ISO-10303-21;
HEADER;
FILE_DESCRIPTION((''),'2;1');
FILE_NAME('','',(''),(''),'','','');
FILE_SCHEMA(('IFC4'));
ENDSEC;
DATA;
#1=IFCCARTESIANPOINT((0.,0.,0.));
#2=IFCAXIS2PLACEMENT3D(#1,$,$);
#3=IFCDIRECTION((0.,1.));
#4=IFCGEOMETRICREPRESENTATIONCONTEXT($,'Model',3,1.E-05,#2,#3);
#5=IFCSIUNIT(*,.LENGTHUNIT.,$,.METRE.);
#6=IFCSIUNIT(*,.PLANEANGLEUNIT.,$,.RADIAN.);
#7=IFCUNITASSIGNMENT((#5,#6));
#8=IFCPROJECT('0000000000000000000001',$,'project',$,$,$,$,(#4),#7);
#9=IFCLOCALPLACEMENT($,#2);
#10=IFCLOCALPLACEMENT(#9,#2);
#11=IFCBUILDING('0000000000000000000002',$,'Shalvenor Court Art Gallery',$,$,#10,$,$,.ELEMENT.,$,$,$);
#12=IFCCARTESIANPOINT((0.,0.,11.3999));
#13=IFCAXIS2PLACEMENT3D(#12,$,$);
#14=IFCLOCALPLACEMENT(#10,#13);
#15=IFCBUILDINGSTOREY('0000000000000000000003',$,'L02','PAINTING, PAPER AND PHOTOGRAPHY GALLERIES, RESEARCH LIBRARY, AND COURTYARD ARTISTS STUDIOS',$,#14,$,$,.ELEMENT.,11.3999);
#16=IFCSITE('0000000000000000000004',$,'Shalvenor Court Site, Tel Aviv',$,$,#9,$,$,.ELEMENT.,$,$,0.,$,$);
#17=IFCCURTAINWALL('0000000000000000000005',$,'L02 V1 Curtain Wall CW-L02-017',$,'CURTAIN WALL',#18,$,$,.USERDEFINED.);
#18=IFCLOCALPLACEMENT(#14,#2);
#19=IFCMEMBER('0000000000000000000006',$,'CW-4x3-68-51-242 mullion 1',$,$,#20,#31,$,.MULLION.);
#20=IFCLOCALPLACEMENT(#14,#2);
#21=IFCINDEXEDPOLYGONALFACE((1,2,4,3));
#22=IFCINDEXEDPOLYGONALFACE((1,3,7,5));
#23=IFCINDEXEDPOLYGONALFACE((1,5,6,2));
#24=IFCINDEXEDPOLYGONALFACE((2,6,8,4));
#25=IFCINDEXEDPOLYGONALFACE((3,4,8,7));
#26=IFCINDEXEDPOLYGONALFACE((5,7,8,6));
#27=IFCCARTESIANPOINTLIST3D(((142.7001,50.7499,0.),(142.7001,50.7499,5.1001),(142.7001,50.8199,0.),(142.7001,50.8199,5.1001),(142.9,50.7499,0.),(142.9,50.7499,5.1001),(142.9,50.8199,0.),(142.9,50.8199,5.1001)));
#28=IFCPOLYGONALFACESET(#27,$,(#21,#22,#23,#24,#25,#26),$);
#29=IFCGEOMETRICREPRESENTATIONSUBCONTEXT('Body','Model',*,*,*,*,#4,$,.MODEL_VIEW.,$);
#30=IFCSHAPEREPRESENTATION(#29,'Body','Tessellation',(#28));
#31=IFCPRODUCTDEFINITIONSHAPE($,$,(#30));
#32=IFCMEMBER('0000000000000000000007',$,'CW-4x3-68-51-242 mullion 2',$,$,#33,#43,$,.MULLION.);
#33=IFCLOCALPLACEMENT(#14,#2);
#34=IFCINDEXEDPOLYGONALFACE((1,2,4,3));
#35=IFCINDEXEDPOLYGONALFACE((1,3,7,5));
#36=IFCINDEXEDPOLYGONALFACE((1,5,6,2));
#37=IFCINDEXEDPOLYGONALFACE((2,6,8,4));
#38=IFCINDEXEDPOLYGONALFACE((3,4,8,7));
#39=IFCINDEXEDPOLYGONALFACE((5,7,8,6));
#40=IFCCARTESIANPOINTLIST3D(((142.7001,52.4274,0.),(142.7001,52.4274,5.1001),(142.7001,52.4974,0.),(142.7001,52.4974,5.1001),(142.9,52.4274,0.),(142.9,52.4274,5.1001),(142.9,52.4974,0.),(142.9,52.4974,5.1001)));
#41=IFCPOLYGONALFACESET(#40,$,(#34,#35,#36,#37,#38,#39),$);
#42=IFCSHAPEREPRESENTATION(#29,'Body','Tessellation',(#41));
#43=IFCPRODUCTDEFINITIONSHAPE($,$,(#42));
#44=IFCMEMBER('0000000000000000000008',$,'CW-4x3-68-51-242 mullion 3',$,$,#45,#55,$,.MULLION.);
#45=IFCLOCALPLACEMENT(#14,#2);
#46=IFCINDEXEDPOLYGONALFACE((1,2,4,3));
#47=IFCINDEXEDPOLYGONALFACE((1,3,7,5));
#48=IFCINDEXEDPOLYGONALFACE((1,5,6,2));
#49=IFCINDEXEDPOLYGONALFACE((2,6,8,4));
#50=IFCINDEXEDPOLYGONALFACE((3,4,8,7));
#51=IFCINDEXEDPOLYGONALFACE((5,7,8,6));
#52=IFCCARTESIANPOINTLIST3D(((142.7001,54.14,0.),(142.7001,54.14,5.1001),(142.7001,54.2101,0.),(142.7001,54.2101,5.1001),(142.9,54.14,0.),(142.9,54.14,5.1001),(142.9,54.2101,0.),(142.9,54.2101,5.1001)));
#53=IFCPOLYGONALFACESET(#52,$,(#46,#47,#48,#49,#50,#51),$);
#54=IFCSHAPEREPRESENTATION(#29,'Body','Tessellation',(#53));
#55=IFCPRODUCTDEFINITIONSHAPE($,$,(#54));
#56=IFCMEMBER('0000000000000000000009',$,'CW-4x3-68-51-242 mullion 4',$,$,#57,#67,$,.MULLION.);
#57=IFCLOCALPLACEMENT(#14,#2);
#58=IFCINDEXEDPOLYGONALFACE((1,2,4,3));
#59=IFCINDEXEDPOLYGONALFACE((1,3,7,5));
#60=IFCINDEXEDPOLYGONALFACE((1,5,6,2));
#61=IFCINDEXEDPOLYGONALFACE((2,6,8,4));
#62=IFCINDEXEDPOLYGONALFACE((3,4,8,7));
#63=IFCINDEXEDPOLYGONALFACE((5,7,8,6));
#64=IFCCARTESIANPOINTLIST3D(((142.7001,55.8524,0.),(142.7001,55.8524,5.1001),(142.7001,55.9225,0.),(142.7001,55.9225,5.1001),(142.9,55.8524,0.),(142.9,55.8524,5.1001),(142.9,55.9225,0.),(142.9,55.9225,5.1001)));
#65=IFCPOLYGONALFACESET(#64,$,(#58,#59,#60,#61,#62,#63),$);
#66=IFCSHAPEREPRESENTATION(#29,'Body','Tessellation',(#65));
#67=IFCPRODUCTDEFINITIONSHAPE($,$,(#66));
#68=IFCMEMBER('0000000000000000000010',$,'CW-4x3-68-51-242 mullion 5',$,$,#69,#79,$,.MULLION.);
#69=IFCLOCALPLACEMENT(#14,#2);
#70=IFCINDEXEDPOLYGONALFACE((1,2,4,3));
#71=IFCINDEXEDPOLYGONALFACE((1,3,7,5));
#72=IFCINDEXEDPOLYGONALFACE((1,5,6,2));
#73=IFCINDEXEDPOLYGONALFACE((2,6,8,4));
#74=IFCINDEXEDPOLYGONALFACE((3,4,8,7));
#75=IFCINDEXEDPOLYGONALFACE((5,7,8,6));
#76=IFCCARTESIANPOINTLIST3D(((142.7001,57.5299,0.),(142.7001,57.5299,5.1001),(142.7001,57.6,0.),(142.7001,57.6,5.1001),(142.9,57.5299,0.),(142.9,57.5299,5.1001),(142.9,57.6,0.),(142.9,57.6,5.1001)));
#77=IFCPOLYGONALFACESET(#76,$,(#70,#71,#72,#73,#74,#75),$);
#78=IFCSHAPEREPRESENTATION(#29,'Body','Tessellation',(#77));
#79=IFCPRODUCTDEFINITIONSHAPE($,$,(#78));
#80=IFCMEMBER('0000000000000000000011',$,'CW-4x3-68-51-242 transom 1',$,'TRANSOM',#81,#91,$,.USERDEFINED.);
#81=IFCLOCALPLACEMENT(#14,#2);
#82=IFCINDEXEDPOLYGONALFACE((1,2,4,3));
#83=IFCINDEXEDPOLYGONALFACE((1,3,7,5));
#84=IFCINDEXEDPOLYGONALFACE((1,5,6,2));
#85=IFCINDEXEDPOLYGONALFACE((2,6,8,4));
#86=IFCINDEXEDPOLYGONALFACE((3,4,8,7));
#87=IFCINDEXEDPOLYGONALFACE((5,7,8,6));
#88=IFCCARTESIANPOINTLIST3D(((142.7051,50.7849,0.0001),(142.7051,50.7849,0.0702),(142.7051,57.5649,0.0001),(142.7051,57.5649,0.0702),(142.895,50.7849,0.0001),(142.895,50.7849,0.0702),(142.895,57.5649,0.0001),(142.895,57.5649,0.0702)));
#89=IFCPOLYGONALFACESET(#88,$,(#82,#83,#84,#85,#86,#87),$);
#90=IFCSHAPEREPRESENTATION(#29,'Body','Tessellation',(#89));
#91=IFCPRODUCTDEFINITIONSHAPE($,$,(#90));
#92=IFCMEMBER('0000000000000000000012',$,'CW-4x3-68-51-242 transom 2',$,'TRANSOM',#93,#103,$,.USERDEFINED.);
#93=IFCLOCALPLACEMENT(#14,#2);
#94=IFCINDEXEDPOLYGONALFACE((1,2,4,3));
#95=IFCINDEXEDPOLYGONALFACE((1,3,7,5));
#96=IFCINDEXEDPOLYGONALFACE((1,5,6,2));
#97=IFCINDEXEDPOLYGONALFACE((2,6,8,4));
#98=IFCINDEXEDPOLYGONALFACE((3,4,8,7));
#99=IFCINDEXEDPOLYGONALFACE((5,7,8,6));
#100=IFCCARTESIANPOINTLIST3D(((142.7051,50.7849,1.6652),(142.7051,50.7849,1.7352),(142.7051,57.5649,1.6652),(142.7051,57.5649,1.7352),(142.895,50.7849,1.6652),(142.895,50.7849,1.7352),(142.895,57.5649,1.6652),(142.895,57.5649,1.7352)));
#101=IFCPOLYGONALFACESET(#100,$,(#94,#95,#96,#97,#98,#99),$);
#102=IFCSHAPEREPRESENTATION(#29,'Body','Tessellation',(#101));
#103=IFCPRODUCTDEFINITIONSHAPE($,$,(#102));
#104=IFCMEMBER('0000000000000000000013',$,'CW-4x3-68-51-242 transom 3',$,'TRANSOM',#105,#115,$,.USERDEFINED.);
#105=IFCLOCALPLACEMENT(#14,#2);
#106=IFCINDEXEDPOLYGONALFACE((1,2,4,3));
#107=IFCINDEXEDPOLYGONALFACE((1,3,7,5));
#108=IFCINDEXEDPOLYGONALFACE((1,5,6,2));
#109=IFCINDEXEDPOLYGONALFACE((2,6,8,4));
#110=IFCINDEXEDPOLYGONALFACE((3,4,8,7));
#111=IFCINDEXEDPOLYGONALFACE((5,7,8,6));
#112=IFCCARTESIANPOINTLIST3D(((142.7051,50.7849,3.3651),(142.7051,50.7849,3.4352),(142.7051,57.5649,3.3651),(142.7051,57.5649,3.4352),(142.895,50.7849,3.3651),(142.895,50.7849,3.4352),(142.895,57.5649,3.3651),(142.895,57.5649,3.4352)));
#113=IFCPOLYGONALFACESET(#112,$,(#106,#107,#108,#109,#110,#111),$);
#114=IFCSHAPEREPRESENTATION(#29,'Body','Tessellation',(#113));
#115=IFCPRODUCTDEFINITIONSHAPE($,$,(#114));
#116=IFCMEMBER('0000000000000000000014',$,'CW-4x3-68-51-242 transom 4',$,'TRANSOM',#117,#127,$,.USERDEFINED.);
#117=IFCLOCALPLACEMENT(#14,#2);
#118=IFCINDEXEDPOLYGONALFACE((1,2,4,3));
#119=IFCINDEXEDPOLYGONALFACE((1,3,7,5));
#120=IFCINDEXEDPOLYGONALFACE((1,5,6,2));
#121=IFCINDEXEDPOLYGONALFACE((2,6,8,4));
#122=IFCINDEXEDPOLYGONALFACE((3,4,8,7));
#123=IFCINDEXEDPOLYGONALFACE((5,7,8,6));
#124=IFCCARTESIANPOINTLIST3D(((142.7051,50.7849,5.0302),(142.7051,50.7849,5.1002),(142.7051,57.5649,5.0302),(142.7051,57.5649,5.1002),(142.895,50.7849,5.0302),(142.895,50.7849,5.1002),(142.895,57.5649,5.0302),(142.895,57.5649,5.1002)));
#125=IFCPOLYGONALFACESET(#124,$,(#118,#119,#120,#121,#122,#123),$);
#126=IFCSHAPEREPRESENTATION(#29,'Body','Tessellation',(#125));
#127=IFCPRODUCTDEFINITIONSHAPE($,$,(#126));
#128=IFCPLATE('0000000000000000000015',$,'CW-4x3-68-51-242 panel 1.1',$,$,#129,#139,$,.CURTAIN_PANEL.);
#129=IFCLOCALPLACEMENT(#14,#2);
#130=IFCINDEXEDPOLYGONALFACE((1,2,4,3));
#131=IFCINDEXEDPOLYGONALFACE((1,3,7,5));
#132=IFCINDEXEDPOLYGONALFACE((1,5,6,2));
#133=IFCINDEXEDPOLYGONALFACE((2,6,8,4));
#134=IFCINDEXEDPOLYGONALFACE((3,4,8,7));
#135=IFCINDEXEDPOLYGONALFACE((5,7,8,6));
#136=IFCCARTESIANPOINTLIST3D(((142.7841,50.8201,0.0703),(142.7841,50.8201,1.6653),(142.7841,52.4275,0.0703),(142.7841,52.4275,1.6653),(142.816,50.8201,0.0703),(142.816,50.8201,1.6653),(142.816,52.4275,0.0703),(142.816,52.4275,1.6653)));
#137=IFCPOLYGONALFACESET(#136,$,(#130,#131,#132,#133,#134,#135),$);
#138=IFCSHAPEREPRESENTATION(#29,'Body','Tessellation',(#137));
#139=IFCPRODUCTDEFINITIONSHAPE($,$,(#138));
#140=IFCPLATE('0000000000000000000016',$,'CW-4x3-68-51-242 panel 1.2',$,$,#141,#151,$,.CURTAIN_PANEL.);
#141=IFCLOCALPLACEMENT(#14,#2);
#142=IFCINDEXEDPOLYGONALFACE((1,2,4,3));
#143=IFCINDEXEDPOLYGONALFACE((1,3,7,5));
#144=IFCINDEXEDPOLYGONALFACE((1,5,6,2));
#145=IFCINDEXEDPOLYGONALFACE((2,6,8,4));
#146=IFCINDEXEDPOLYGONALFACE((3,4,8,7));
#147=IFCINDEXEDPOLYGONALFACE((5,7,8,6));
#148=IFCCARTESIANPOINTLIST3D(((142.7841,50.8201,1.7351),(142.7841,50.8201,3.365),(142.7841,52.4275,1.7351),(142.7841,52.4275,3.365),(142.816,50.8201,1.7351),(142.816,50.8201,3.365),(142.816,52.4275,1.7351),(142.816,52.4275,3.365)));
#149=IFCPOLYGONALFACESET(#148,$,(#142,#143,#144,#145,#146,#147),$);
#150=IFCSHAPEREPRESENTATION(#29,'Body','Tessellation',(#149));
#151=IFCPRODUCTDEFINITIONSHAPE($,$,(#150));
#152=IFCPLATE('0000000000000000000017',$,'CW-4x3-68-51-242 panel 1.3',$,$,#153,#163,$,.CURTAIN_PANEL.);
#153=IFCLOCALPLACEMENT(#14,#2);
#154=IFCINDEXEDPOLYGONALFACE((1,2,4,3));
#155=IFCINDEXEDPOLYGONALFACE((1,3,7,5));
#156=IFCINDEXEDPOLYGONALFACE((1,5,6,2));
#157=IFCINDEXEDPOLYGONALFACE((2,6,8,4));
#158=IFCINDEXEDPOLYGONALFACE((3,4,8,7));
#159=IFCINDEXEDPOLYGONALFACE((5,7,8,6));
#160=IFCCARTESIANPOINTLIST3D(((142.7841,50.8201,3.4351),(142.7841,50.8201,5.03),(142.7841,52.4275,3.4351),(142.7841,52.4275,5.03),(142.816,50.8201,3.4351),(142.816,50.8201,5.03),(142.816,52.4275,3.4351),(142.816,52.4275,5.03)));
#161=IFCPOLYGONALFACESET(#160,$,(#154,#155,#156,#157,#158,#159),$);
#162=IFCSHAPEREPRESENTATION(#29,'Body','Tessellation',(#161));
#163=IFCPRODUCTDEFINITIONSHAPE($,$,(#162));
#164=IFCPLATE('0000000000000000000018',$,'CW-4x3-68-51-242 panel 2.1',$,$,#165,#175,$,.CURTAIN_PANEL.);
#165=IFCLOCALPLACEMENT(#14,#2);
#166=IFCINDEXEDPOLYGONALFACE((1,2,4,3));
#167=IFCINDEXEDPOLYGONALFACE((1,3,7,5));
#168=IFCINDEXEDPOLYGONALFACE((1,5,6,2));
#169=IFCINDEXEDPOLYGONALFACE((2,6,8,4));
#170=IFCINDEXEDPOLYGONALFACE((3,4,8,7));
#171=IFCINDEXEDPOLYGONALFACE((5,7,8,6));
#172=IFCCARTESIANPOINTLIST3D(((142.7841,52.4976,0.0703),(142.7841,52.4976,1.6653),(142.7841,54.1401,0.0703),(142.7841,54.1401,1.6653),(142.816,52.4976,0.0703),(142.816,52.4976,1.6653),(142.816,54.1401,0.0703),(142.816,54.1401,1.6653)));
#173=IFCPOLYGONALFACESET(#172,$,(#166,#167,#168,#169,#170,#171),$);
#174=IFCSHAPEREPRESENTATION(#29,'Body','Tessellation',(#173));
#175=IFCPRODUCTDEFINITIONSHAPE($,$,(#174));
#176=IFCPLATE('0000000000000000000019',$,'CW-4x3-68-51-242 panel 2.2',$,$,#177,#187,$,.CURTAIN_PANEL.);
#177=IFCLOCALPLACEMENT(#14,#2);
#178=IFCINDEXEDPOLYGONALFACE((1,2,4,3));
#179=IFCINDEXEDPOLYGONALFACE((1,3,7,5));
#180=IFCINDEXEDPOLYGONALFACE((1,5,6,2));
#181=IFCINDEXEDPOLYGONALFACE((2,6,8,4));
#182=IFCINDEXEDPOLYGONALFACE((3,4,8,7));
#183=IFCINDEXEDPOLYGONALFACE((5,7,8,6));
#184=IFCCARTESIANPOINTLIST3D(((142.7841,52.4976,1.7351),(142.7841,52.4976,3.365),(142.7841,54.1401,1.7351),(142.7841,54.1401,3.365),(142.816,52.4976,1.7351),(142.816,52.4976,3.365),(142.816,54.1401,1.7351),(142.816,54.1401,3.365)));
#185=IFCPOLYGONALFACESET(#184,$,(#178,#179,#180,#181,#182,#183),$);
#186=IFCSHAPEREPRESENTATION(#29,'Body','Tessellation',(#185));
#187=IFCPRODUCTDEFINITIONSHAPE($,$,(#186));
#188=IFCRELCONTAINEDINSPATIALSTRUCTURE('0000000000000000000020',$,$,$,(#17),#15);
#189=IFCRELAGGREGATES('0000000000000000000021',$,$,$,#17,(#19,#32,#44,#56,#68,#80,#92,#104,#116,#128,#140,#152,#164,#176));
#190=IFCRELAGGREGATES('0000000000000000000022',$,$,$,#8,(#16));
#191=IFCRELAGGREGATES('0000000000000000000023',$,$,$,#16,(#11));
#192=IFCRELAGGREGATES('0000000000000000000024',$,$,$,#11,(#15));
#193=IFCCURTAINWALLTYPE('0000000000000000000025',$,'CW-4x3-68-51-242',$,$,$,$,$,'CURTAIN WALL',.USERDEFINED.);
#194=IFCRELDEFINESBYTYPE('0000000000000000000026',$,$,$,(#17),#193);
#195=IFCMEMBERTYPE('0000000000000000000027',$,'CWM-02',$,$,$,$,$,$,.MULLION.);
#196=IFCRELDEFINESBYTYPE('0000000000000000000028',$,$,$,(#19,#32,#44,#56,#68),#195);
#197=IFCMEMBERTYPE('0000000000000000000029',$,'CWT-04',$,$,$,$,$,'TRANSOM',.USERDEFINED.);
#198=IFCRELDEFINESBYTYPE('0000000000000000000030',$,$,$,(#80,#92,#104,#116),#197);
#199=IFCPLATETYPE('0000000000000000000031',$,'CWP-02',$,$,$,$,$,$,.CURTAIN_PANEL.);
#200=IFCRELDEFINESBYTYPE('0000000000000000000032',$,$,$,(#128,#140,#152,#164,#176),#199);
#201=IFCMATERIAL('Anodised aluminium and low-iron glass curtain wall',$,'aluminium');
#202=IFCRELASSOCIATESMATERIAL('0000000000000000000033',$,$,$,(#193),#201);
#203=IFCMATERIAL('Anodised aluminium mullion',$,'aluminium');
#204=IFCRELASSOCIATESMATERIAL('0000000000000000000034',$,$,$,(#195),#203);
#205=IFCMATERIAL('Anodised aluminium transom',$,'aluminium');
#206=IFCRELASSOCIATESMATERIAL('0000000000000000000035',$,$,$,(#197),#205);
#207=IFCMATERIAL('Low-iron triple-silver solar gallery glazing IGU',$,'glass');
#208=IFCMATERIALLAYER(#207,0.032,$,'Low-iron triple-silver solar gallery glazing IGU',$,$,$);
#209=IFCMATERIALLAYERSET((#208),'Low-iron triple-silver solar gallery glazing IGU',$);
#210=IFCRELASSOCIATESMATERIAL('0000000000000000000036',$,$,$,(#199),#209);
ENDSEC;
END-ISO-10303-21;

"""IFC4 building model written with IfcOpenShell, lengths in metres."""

from ifc_helpers import new_model, si_unit, direction, frame, origin, origin_2d, place, context, subcontext, project, spatial, rectangle, extrude, material, layer, layer_set, material_profile, profile_set, type_object, element, aggregate, save


model = new_model("IFC4")

# Units and contexts
model_context = context("Model", 3, precision=1e-05, world=origin(), true_north=direction((0.0, 1.0)))
body_context = subcontext(model_context, "Body", "Model", "MODEL_VIEW")
ifc_project = project(units=[si_unit("LENGTHUNIT", "METRE"), si_unit("PLANEANGLEUNIT", "RADIAN")], contexts=[model_context])

# Site, building, storey
site_placement = place(None, origin())
site = spatial("IfcSite", under=ifc_project, at=site_placement, Name="Shalvenor Court Site, Tel Aviv", CompositionType="ELEMENT", RefElevation=0.0)
building_placement = place(site_placement, origin())
building = spatial("IfcBuilding", under=site, at=building_placement, Name="Shalvenor Court Art Gallery", CompositionType="ELEMENT")
storey_placement = place(building_placement, frame((0.0, 0.0, 11.3999)))
storey = spatial("IfcBuildingStorey", under=building, at=storey_placement, Name="L02", Description="PAINTING, PAPER AND PHOTOGRAPHY GALLERIES, RESEARCH LIBRARY, AND COURTYARD ARTISTS STUDIOS", CompositionType="ELEMENT", Elevation=11.3999)

# Curtain wall, members, plates
ifc_material_1 = material(Name="Anodised aluminium and low-iron glass curtain wall", Category="aluminium")
curtain_wall_type = type_object("IfcCurtainWallType", Name="CW-4x3-68-51-242", ElementType="CURTAIN WALL", PredefinedType="USERDEFINED", material=ifc_material_1)
curtain_wall_placement = place(storey_placement, origin())
curtain_wall = element("IfcCurtainWall", 1, at=curtain_wall_placement, inside=storey, type_object=curtain_wall_type, Name="L02 V1 Curtain Wall CW-L02-017", ObjectType="CURTAIN WALL", PredefinedType="USERDEFINED")
ifc_material_2 = material(Name="Anodised aluminium mullion", Category="aluminium")
ifc_material_profile_1 = material_profile(ifc_material_2, rectangle(XDim=0.0701, YDim=0.2, at=origin_2d()), Name="CWM-02")
ifc_profile_set_1 = profile_set([ifc_material_profile_1], Name="Anodised aluminium mullion")
member_type_1 = type_object("IfcMemberType", Name="CWM-02", PredefinedType="MULLION", material=ifc_profile_set_1)
member_1_placement = place(storey_placement, frame((142.8, 50.7849, 0.0), z_axis=(0.0, 0.0, 1.0), x_axis=(0.0, 1.0, 0.0)))
member_1 = element("IfcMember", 2, at=member_1_placement, type_object=member_type_1, Name="CW-4x3-68-51-242 mullion 1", PredefinedType="MULLION", context=body_context, shape_type="SweptSolid", body=[
    extrude(rectangle(XDim=0.0701, YDim=0.2, at=origin_2d()), origin(), (0.0, 0.0, 1.0), 5.1001),
])
member_2_placement = place(storey_placement, frame((142.8, 52.4624, 0.0), z_axis=(0.0, 0.0, 1.0), x_axis=(0.0, 1.0, 0.0)))
member_2 = element("IfcMember", 3, at=member_2_placement, type_object=member_type_1, Name="CW-4x3-68-51-242 mullion 2", PredefinedType="MULLION", context=body_context, shape_type="SweptSolid", body=[
    extrude(rectangle(XDim=0.0701, YDim=0.2, at=origin_2d()), origin(), (0.0, 0.0, 1.0), 5.1001),
])
member_3_placement = place(storey_placement, frame((142.8, 54.175, 0.0), z_axis=(0.0, 0.0, 1.0), x_axis=(0.0, 1.0, 0.0)))
member_3 = element("IfcMember", 4, at=member_3_placement, type_object=member_type_1, Name="CW-4x3-68-51-242 mullion 3", PredefinedType="MULLION", context=body_context, shape_type="SweptSolid", body=[
    extrude(rectangle(XDim=0.0701, YDim=0.2, at=origin_2d()), origin(), (0.0, 0.0, 1.0), 5.1001),
])
member_4_placement = place(storey_placement, frame((142.8, 55.8875, 0.0), z_axis=(0.0, 0.0, 1.0), x_axis=(0.0, 1.0, 0.0)))
member_4 = element("IfcMember", 5, at=member_4_placement, type_object=member_type_1, Name="CW-4x3-68-51-242 mullion 4", PredefinedType="MULLION", context=body_context, shape_type="SweptSolid", body=[
    extrude(rectangle(XDim=0.0701, YDim=0.2, at=origin_2d()), origin(), (0.0, 0.0, 1.0), 5.1001),
])
member_5_placement = place(storey_placement, frame((142.8, 57.5649, 0.0), z_axis=(0.0, 0.0, 1.0), x_axis=(0.0, 1.0, 0.0)))
member_5 = element("IfcMember", 6, at=member_5_placement, type_object=member_type_1, Name="CW-4x3-68-51-242 mullion 5", PredefinedType="MULLION", context=body_context, shape_type="SweptSolid", body=[
    extrude(rectangle(XDim=0.0701, YDim=0.2, at=origin_2d()), origin(), (0.0, 0.0, 1.0), 5.1001),
])
ifc_material_3 = material(Name="Anodised aluminium transom", Category="aluminium")
ifc_material_profile_2 = material_profile(ifc_material_3, rectangle(XDim=0.1899, YDim=0.0701, at=origin_2d()), Name="CWT-04")
ifc_profile_set_2 = profile_set([ifc_material_profile_2], Name="Anodised aluminium transom")
member_type_2 = type_object("IfcMemberType", Name="CWT-04", ElementType="TRANSOM", PredefinedType="USERDEFINED", material=ifc_profile_set_2)
member_6_placement = place(storey_placement, frame((142.8, 50.7849, 0.0352), z_axis=(0.0, 1.0, 0.0), x_axis=(-1.0, 0.0, 0.0)))
member_6 = element("IfcMember", 7, at=member_6_placement, type_object=member_type_2, Name="CW-4x3-68-51-242 transom 1", ObjectType="TRANSOM", PredefinedType="USERDEFINED", context=body_context, shape_type="SweptSolid", body=[
    extrude(rectangle(XDim=0.1899, YDim=0.0701, at=origin_2d()), origin(), (0.0, 0.0, 1.0), 6.78),
])
member_7_placement = place(storey_placement, frame((142.8, 50.7849, 1.7002), z_axis=(0.0, 1.0, 0.0), x_axis=(-1.0, 0.0, 0.0)))
member_7 = element("IfcMember", 8, at=member_7_placement, type_object=member_type_2, Name="CW-4x3-68-51-242 transom 2", ObjectType="TRANSOM", PredefinedType="USERDEFINED", context=body_context, shape_type="SweptSolid", body=[
    extrude(rectangle(XDim=0.1899, YDim=0.0701, at=origin_2d()), origin(), (0.0, 0.0, 1.0), 6.78),
])
member_8_placement = place(storey_placement, frame((142.8, 50.7849, 3.4001), z_axis=(0.0, 1.0, 0.0), x_axis=(-1.0, 0.0, 0.0)))
member_8 = element("IfcMember", 9, at=member_8_placement, type_object=member_type_2, Name="CW-4x3-68-51-242 transom 3", ObjectType="TRANSOM", PredefinedType="USERDEFINED", context=body_context, shape_type="SweptSolid", body=[
    extrude(rectangle(XDim=0.1899, YDim=0.0701, at=origin_2d()), origin(), (0.0, 0.0, 1.0), 6.78),
])
member_9_placement = place(storey_placement, frame((142.8, 50.7849, 5.0652), z_axis=(0.0, 1.0, 0.0), x_axis=(-1.0, 0.0, 0.0)))
member_9 = element("IfcMember", 10, at=member_9_placement, type_object=member_type_2, Name="CW-4x3-68-51-242 transom 4", ObjectType="TRANSOM", PredefinedType="USERDEFINED", context=body_context, shape_type="SweptSolid", body=[
    extrude(rectangle(XDim=0.1899, YDim=0.0701, at=origin_2d()), origin(), (0.0, 0.0, 1.0), 6.78),
])
ifc_material_4 = material(Name="Low-iron triple-silver solar gallery glazing IGU", Category="glass")
ifc_layer_1 = layer(ifc_material_4, 0.032, Name="Low-iron triple-silver solar gallery glazing IGU")
ifc_layer_set_1 = layer_set([ifc_layer_1], Name="Low-iron triple-silver solar gallery glazing IGU")
plate_type_1 = type_object("IfcPlateType", Name="CWP-02", PredefinedType="CURTAIN_PANEL", material=ifc_layer_set_1)
plate_1_placement = place(storey_placement, frame((142.8, 51.6238, 0.0703), z_axis=(0.0, 0.0, 1.0), x_axis=(0.0, 1.0, 0.0)))
plate_1 = element("IfcPlate", 11, at=plate_1_placement, type_object=plate_type_1, Name="CW-4x3-68-51-242 panel 1.1", PredefinedType="CURTAIN_PANEL", context=body_context, shape_type="SweptSolid", body=[
    extrude(rectangle(XDim=1.6074, YDim=0.032, at=origin_2d()), origin(), (0.0, 0.0, 1.0), 1.595),
])
plate_2_placement = place(storey_placement, frame((142.8, 51.6238, 1.7351), z_axis=(0.0, 0.0, 1.0), x_axis=(0.0, 1.0, 0.0)))
plate_2 = element("IfcPlate", 12, at=plate_2_placement, type_object=plate_type_1, Name="CW-4x3-68-51-242 panel 1.2", PredefinedType="CURTAIN_PANEL", context=body_context, shape_type="SweptSolid", body=[
    extrude(rectangle(XDim=1.6074, YDim=0.032, at=origin_2d()), origin(), (0.0, 0.0, 1.0), 1.6299),
])
plate_3_placement = place(storey_placement, frame((142.8, 51.6238, 3.4351), z_axis=(0.0, 0.0, 1.0), x_axis=(0.0, 1.0, 0.0)))
plate_3 = element("IfcPlate", 13, at=plate_3_placement, type_object=plate_type_1, Name="CW-4x3-68-51-242 panel 1.3", PredefinedType="CURTAIN_PANEL", context=body_context, shape_type="SweptSolid", body=[
    extrude(rectangle(XDim=1.6074, YDim=0.032, at=origin_2d()), origin(), (0.0, 0.0, 1.0), 1.595),
])
plate_4_placement = place(storey_placement, frame((142.8, 53.3188, 0.0703), z_axis=(0.0, 0.0, 1.0), x_axis=(0.0, 1.0, 0.0)))
plate_4 = element("IfcPlate", 14, at=plate_4_placement, type_object=plate_type_1, Name="CW-4x3-68-51-242 panel 2.1", PredefinedType="CURTAIN_PANEL", context=body_context, shape_type="SweptSolid", body=[
    extrude(rectangle(XDim=1.6426, YDim=0.032, at=origin_2d()), origin(), (0.0, 0.0, 1.0), 1.595),
])
plate_5_placement = place(storey_placement, frame((142.8, 53.3188, 1.7351), z_axis=(0.0, 0.0, 1.0), x_axis=(0.0, 1.0, 0.0)))
plate_5 = element("IfcPlate", 15, at=plate_5_placement, type_object=plate_type_1, Name="CW-4x3-68-51-242 panel 2.2", PredefinedType="CURTAIN_PANEL", context=body_context, shape_type="SweptSolid", body=[
    extrude(rectangle(XDim=1.6426, YDim=0.032, at=origin_2d()), origin(), (0.0, 0.0, 1.0), 1.6299),
])
aggregate(curtain_wall, [member_1, member_2, member_3, member_4, member_5, member_6, member_7, member_8, member_9, plate_1, plate_2, plate_3, plate_4, plate_5])

save(model, "model.ifc")
